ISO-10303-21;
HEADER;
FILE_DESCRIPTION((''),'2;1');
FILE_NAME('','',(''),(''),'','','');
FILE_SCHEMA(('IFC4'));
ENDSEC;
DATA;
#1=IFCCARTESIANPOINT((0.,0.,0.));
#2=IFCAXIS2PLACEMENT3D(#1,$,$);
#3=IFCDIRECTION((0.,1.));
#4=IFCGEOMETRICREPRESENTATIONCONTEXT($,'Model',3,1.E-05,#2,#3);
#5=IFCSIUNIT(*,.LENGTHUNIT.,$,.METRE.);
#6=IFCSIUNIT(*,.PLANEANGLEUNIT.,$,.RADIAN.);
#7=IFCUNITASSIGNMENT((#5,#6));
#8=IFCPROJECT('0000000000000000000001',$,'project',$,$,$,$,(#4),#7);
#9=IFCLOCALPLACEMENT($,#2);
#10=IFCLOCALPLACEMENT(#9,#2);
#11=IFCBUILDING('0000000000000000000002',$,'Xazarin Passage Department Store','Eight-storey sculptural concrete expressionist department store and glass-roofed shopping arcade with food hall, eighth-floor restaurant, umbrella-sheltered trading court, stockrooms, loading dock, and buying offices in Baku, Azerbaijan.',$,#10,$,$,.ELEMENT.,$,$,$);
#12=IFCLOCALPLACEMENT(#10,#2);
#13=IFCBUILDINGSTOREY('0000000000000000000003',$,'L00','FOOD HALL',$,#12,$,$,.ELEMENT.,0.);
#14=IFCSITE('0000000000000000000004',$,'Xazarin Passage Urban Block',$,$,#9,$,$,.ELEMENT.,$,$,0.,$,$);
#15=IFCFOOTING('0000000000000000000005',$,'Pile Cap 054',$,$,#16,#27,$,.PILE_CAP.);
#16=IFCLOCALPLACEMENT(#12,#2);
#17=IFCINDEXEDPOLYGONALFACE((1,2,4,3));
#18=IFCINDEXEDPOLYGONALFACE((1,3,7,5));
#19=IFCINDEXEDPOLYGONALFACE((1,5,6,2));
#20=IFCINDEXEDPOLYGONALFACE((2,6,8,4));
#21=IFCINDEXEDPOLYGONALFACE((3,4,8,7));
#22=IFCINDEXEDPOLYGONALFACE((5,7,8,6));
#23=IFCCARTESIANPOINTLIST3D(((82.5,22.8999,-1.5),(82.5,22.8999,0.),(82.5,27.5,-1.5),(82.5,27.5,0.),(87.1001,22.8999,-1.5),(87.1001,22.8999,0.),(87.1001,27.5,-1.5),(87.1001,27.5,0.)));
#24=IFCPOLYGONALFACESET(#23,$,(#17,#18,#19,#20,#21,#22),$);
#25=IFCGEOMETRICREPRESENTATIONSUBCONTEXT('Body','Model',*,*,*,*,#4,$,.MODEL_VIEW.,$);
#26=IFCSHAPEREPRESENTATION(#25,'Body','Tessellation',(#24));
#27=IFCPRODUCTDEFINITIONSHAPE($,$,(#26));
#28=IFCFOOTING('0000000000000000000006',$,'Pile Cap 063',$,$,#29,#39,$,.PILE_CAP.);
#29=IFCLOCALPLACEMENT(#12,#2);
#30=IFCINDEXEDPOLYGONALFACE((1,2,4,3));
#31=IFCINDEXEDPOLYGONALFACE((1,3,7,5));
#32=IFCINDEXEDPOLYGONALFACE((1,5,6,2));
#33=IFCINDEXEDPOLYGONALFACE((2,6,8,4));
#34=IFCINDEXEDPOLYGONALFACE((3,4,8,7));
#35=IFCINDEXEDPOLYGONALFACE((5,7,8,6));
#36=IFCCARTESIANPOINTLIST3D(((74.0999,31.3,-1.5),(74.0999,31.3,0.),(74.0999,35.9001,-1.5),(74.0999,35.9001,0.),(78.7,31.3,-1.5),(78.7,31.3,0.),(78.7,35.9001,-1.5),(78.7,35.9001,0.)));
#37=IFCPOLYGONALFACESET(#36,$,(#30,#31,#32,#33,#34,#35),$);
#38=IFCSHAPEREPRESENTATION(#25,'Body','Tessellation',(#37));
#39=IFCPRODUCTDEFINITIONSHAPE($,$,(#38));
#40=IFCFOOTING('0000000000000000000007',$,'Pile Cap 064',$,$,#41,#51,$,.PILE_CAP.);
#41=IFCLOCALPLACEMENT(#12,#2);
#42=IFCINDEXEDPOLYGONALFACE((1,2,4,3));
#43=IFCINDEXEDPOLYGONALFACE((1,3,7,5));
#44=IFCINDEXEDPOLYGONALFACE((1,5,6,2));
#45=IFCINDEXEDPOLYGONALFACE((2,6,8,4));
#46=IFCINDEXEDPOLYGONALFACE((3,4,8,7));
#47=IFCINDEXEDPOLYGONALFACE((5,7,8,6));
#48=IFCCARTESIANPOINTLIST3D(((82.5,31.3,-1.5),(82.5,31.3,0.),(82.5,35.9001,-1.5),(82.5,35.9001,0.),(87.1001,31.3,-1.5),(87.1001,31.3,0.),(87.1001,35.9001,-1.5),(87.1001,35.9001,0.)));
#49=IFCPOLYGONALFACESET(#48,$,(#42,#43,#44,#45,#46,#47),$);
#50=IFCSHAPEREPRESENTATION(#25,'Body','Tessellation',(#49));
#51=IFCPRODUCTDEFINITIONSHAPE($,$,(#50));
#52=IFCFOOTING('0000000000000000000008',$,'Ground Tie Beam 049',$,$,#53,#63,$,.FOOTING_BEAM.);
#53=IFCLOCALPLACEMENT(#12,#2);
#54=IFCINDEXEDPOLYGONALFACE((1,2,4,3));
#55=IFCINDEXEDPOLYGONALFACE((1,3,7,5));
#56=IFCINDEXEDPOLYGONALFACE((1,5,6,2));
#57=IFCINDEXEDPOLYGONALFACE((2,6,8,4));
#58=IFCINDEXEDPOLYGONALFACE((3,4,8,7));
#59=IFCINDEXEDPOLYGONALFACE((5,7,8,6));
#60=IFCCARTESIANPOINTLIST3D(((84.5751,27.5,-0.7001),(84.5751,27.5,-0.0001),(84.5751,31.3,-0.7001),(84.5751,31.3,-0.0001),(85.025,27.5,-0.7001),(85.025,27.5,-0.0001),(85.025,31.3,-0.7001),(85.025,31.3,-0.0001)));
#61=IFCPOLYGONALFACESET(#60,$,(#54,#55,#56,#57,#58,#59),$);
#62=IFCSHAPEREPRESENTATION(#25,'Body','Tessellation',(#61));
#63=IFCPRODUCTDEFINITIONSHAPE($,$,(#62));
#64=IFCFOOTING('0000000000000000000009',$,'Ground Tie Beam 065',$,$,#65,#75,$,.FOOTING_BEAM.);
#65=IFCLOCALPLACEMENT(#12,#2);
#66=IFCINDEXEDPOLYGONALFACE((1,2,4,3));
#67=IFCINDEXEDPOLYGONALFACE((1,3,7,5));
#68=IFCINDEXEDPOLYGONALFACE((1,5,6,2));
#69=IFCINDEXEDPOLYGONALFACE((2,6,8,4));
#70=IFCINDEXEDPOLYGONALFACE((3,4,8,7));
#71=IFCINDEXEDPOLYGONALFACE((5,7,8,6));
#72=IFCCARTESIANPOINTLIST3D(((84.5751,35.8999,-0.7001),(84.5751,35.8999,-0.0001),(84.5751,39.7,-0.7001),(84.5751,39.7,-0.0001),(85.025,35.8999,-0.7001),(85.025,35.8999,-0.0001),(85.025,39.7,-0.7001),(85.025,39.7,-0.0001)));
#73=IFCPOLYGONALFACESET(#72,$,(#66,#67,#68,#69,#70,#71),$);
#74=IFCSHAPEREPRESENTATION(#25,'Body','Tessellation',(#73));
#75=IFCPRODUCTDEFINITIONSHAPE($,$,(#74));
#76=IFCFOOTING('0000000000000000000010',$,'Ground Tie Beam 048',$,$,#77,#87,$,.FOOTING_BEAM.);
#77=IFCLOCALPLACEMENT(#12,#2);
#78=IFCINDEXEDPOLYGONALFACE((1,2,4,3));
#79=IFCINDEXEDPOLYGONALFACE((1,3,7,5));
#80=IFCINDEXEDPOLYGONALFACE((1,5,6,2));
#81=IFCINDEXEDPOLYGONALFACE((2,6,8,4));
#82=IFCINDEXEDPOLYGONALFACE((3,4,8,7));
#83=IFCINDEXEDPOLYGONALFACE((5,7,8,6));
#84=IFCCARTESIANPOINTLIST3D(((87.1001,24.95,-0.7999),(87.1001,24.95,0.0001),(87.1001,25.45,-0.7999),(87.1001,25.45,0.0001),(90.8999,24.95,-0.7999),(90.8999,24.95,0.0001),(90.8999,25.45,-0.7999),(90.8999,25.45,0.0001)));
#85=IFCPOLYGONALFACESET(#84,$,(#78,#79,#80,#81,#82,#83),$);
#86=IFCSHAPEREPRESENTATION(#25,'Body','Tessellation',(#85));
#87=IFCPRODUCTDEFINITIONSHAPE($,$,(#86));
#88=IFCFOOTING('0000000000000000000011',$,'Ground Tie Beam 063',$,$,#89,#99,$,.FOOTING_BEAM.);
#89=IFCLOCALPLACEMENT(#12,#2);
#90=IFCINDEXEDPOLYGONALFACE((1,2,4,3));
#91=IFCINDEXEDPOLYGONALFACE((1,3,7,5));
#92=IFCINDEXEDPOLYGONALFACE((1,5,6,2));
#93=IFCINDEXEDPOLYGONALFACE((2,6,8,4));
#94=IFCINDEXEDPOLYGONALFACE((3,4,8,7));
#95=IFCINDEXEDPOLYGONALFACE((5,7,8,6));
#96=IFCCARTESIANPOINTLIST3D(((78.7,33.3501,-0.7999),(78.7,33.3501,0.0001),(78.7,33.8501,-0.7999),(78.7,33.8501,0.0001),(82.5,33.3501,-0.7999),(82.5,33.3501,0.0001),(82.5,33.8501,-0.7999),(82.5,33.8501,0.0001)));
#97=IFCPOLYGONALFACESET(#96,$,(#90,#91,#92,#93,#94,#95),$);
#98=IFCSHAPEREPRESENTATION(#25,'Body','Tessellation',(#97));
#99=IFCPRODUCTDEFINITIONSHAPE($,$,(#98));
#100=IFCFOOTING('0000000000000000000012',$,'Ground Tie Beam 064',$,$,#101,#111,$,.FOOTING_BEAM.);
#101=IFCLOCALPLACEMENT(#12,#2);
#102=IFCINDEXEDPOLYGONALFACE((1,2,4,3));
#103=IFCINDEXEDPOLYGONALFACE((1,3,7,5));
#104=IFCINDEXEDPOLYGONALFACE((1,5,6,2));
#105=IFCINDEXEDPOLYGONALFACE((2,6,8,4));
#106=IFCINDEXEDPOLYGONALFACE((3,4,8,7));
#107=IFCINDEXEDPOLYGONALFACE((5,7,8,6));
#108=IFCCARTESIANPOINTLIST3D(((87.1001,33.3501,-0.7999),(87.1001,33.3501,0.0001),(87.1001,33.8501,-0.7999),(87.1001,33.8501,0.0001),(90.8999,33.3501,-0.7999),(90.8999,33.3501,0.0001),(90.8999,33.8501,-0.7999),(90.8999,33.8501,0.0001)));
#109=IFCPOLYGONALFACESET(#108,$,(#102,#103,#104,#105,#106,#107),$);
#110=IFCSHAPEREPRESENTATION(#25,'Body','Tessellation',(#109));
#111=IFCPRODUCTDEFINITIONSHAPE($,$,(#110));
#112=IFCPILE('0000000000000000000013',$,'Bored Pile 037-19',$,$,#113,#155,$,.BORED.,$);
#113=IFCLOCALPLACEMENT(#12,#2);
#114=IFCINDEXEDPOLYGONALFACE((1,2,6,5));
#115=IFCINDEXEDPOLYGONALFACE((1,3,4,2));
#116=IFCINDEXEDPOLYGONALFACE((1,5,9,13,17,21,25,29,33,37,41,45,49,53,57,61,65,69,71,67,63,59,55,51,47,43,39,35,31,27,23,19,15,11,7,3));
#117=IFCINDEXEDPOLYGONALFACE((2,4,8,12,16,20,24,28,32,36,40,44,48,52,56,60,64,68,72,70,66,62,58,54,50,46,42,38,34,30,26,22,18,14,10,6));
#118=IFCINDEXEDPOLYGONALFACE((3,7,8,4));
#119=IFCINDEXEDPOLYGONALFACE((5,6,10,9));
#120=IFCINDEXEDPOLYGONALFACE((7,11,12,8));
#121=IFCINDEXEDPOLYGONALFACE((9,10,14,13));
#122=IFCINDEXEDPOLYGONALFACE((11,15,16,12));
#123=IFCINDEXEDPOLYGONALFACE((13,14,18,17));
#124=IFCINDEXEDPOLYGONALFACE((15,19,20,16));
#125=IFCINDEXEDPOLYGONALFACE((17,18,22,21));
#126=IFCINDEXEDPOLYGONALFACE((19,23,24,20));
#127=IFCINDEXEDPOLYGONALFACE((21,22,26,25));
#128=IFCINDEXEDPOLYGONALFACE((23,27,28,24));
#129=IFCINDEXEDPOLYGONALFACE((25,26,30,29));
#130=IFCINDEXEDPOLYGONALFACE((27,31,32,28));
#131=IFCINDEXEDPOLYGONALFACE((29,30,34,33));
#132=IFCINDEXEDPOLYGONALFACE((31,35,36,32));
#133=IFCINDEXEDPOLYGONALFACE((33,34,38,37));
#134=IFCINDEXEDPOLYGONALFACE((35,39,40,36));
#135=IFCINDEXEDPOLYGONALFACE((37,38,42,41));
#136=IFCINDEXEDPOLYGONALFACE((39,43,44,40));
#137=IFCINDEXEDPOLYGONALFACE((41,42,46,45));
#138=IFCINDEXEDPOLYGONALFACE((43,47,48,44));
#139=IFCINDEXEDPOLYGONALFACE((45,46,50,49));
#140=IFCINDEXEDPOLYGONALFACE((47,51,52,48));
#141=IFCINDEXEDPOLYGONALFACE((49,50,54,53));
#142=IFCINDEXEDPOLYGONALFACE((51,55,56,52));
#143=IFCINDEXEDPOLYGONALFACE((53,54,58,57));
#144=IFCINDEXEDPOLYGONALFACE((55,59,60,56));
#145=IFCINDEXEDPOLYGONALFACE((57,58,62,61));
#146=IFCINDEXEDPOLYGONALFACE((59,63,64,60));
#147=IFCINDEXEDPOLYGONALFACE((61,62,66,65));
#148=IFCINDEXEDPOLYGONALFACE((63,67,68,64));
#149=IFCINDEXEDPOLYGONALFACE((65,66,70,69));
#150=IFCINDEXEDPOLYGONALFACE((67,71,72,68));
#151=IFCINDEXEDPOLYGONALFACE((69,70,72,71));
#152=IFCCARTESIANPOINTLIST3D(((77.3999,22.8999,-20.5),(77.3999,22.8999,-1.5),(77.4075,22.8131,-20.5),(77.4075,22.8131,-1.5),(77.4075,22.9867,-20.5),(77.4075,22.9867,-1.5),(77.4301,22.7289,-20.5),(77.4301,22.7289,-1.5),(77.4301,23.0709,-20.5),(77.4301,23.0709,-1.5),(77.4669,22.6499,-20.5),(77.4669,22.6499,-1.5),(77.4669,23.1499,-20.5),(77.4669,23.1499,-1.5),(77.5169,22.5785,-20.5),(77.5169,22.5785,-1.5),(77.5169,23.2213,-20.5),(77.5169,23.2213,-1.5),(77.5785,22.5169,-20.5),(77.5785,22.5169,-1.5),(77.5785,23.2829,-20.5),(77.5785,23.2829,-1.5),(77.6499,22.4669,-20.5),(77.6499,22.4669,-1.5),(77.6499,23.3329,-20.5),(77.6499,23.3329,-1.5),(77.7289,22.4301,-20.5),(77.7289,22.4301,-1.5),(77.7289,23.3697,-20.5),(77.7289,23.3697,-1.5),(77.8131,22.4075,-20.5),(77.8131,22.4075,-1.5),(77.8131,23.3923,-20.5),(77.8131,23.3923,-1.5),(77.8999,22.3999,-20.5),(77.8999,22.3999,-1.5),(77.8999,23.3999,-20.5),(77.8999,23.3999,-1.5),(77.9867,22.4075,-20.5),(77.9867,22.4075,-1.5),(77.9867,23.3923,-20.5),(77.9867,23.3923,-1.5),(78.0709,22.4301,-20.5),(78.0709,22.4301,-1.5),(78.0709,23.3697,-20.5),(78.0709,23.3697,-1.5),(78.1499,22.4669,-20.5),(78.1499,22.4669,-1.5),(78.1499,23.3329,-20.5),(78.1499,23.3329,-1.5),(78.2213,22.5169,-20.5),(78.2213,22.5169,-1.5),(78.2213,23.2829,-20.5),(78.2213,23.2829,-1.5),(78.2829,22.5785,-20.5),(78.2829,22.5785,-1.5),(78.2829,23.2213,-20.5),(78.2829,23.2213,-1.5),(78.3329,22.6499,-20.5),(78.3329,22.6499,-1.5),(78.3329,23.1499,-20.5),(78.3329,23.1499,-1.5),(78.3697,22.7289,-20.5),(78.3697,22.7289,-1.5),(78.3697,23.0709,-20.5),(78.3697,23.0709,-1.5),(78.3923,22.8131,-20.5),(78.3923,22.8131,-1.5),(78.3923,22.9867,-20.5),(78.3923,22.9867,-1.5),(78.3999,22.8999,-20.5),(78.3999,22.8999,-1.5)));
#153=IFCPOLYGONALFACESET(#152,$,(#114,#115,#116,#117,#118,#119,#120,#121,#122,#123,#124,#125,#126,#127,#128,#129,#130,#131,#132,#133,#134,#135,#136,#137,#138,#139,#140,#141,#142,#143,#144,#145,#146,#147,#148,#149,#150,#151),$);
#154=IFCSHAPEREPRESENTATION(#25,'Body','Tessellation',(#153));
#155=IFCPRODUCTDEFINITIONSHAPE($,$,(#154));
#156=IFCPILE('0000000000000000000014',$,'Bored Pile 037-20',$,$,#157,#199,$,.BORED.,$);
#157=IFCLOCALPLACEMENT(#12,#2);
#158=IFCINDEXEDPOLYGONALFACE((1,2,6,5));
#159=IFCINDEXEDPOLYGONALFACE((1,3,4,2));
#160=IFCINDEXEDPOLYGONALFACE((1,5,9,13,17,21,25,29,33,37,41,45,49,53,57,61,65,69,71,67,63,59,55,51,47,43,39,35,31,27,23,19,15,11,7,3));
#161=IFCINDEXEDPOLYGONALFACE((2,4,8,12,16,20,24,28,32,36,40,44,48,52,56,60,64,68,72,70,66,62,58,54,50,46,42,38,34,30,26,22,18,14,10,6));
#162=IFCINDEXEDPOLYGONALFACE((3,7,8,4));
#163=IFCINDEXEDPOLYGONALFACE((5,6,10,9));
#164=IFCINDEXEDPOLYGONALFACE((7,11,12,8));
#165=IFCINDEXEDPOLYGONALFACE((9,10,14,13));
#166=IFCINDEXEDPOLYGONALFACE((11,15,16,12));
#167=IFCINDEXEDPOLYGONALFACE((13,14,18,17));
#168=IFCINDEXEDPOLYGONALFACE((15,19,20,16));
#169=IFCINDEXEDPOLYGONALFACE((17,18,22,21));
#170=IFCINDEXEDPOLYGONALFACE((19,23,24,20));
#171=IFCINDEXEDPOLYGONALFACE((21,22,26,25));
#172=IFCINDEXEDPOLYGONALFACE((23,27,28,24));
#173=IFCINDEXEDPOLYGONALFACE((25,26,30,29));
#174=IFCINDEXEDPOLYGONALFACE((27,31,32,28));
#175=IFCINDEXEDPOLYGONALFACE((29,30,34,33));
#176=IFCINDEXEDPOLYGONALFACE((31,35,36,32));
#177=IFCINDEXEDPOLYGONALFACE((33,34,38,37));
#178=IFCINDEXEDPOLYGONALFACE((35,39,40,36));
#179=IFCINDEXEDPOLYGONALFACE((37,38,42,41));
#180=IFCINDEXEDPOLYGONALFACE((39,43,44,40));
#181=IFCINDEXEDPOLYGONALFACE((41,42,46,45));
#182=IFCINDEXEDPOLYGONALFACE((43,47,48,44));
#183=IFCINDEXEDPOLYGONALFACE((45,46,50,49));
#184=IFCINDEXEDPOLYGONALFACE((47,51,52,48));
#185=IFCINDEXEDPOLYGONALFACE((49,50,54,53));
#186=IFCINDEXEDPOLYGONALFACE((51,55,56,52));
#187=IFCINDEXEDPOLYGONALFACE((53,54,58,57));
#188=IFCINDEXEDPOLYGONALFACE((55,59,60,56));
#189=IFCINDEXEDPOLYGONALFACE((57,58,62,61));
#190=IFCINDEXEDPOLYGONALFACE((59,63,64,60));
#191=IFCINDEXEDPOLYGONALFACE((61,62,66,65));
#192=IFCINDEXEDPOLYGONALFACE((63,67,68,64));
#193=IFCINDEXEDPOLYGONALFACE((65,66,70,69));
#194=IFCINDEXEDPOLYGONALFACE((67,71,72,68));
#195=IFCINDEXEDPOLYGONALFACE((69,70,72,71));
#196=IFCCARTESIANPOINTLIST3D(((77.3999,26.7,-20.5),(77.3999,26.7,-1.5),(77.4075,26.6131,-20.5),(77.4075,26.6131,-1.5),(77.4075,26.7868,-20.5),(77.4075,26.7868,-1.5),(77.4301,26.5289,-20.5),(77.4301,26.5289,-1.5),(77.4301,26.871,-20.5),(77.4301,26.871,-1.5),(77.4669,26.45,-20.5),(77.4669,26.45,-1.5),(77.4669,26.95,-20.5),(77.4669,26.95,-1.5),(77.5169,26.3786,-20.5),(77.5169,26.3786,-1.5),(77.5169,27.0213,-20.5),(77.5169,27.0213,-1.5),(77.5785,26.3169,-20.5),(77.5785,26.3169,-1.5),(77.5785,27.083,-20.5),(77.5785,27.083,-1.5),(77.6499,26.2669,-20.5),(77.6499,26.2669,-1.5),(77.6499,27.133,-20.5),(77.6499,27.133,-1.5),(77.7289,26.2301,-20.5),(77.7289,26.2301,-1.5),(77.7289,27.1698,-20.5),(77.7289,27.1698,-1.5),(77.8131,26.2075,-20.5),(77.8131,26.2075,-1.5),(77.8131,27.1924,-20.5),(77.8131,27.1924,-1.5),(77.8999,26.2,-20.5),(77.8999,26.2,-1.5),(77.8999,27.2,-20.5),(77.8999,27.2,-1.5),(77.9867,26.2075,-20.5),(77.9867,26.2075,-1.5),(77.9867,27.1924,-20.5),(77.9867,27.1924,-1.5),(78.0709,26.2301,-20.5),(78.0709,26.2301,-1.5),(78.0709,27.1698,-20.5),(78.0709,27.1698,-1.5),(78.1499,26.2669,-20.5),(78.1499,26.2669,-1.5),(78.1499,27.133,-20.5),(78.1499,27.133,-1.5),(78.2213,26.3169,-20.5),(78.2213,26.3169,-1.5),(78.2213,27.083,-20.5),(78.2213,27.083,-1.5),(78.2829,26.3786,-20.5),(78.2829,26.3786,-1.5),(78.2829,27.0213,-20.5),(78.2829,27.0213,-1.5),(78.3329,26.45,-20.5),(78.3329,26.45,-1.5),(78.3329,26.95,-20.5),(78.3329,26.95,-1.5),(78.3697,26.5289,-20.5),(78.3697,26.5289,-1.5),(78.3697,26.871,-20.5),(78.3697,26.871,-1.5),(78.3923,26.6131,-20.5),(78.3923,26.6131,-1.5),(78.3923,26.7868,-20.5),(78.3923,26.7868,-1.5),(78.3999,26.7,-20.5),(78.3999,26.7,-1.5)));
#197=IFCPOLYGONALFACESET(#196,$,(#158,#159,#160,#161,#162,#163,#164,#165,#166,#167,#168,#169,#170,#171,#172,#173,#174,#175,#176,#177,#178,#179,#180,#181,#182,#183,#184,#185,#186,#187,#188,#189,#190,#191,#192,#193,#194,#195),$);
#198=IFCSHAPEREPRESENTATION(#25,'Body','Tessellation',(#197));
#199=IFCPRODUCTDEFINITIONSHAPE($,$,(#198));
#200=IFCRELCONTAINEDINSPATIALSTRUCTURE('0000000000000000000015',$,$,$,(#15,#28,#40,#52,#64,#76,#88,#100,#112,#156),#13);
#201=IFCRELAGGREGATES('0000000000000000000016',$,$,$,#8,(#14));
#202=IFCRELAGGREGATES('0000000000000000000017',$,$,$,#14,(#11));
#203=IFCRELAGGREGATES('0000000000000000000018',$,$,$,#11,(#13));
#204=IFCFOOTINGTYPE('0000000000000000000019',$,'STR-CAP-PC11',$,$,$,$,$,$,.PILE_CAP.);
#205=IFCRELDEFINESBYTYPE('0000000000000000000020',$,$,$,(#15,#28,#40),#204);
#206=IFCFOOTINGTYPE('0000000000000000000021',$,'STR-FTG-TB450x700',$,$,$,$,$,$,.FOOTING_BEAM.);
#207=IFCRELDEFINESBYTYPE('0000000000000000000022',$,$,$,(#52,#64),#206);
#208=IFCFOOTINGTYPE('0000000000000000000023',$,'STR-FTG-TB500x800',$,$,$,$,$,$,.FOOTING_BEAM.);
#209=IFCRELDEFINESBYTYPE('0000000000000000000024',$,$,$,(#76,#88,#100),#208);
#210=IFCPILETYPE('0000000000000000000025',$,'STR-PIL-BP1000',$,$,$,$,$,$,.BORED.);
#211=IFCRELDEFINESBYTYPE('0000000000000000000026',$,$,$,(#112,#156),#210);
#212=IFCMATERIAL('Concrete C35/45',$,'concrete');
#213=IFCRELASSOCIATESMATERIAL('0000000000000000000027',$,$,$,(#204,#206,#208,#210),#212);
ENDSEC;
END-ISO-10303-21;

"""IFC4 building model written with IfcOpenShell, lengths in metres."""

from ifc_helpers import new_model, si_unit, direction, frame, origin, origin_2d, place, context, subcontext, project, spatial, rectangle, circle, extrude, material, material_profile, profile_set, type_object, element, save


model = new_model("IFC4")

# Units and contexts
model_context = context("Model", 3, precision=1e-05, world=origin(), true_north=direction((0.0, 1.0)))
body_context = subcontext(model_context, "Body", "Model", "MODEL_VIEW")
ifc_project = project(units=[si_unit("LENGTHUNIT", "METRE"), si_unit("PLANEANGLEUNIT", "RADIAN")], contexts=[model_context])

# Site, building, storey
site_placement = place(None, origin())
site = spatial("IfcSite", under=ifc_project, at=site_placement, Name="Xazarin Passage Urban Block", CompositionType="ELEMENT", RefElevation=0.0)
building_placement = place(site_placement, origin())
building = spatial("IfcBuilding", under=site, at=building_placement, Name="Xazarin Passage Department Store", Description="Eight-storey sculptural concrete expressionist department store and glass-roofed shopping arcade with food hall, eighth-floor restaurant, umbrella-sheltered trading court, stockrooms, loading dock, and buying offices in Baku, Azerbaijan.", CompositionType="ELEMENT")
storey_placement = place(building_placement, origin())
storey = spatial("IfcBuildingStorey", under=building, at=storey_placement, Name="L00", Description="FOOD HALL", CompositionType="ELEMENT", Elevation=0.0)

# Footings
ifc_material_1 = material(Name="Concrete C35/45", Category="concrete")
footing_type_1 = type_object("IfcFootingType", Name="STR-CAP-PC11", PredefinedType="PILE_CAP", material=ifc_material_1)
for number, where, z_axis, x_axis, name in (
    (1, (84.8, 25.2, -1.5), (0.0, 0.0, 1.0), (1.0, 0.0, 0.0), "Pile Cap 054"),
    (2, (76.3999, 33.6001, -1.5), (0.0, 0.0, 1.0), (1.0, 0.0, 0.0), "Pile Cap 063"),
    (3, (84.8, 33.6001, -1.5), (0.0, 0.0, 1.0), (1.0, 0.0, 0.0), "Pile Cap 064"),
):
    element("IfcFooting", number, at=place(storey_placement, frame(where, z_axis=z_axis, x_axis=x_axis)), inside=storey, type_object=footing_type_1, Name=name, PredefinedType="PILE_CAP", context=body_context, shape_type="SweptSolid", body=[
        extrude(rectangle(XDim=4.6001, YDim=4.6001, at=origin_2d()), origin(), (0.0, 0.0, 1.0), 1.5),
    ])
ifc_material_profile_1 = material_profile(ifc_material_1, rectangle(XDim=0.45, YDim=0.7, at=origin_2d()), Name="RC 450x700")
ifc_profile_set_1 = profile_set([ifc_material_profile_1], Name="Concrete C35/45")
footing_type_2 = type_object("IfcFootingType", Name="STR-FTG-TB450x700", PredefinedType="FOOTING_BEAM", material=ifc_profile_set_1)
for number, where, z_axis, x_axis, name in (
    (4, (84.8, 27.5, -0.3501), (0.0, 1.0, 0.0), (-1.0, 0.0, 0.0), "Ground Tie Beam 049"),
    (5, (84.8, 35.8999, -0.3501), (0.0, 1.0, 0.0), (-1.0, 0.0, 0.0), "Ground Tie Beam 065"),
):
    element("IfcFooting", number, at=place(storey_placement, frame(where, z_axis=z_axis, x_axis=x_axis)), inside=storey, type_object=footing_type_2, Name=name, PredefinedType="FOOTING_BEAM", context=body_context, shape_type="SweptSolid", body=[
        extrude(rectangle(XDim=0.45, YDim=0.7, at=origin_2d()), origin(), (0.0, 0.0, 1.0), 3.8),
    ])
ifc_material_profile_2 = material_profile(ifc_material_1, rectangle(XDim=0.5, YDim=0.8, at=origin_2d()), Name="RC 500x800")
ifc_profile_set_2 = profile_set([ifc_material_profile_2], Name="Concrete C35/45")
footing_type_3 = type_object("IfcFootingType", Name="STR-FTG-TB500x800", PredefinedType="FOOTING_BEAM", material=ifc_profile_set_2)
footing_1_placement = place(storey_placement, frame((87.1001, 25.2, -0.3999), z_axis=(1.0, 0.0, 0.0), x_axis=(0.0, 1.0, 0.0)))
element("IfcFooting", 6, at=footing_1_placement, inside=storey, type_object=footing_type_3, Name="Ground Tie Beam 048", PredefinedType="FOOTING_BEAM", context=body_context, shape_type="SweptSolid", body=[
    extrude(rectangle(XDim=0.5, YDim=0.8, at=origin_2d()), origin(), (0.0, 0.0, 1.0), 3.7998),
])
footing_2_placement = place(storey_placement, frame((78.7, 33.6001, -0.3999), z_axis=(1.0, 0.0, 0.0), x_axis=(0.0, 1.0, 0.0)))
element("IfcFooting", 7, at=footing_2_placement, inside=storey, type_object=footing_type_3, Name="Ground Tie Beam 063", PredefinedType="FOOTING_BEAM", context=body_context, shape_type="SweptSolid", body=[
    extrude(rectangle(XDim=0.5, YDim=0.8, at=origin_2d()), origin(), (0.0, 0.0, 1.0), 3.8),
])
footing_3_placement = place(storey_placement, frame((87.1001, 33.6001, -0.3999), z_axis=(1.0, 0.0, 0.0), x_axis=(0.0, 1.0, 0.0)))
element("IfcFooting", 8, at=footing_3_placement, inside=storey, type_object=footing_type_3, Name="Ground Tie Beam 064", PredefinedType="FOOTING_BEAM", context=body_context, shape_type="SweptSolid", body=[
    extrude(rectangle(XDim=0.5, YDim=0.8, at=origin_2d()), origin(), (0.0, 0.0, 1.0), 3.7998),
])

# Piles
ifc_material_profile_3 = material_profile(ifc_material_1, circle(Radius=0.5, at=origin_2d()), Name="BP 1000")
ifc_profile_set_3 = profile_set([ifc_material_profile_3], Name="Concrete C35/45")
pile_type_1 = type_object("IfcPileType", Name="STR-PIL-BP1000", PredefinedType="BORED", material=ifc_profile_set_3)
for number, where, z_axis, x_axis, name in (
    (9, (77.8999, 22.8999, -1.5), (0.0, 0.0, -1.0), (1.0, 0.0, 0.0), "Bored Pile 037-19"),
    (10, (77.8999, 26.7, -1.5), (0.0, 0.0, -1.0), (1.0, 0.0, 0.0), "Bored Pile 037-20"),
):
    element("IfcPile", number, at=place(storey_placement, frame(where, z_axis=z_axis, x_axis=x_axis)), inside=storey, type_object=pile_type_1, Name=name, PredefinedType="BORED", context=body_context, shape_type="SweptSolid", body=[
        extrude(circle(Radius=0.5, at=origin_2d()), origin(), (0.0, 0.0, 1.0), 19.0),
    ])

save(model, "model.ifc")
